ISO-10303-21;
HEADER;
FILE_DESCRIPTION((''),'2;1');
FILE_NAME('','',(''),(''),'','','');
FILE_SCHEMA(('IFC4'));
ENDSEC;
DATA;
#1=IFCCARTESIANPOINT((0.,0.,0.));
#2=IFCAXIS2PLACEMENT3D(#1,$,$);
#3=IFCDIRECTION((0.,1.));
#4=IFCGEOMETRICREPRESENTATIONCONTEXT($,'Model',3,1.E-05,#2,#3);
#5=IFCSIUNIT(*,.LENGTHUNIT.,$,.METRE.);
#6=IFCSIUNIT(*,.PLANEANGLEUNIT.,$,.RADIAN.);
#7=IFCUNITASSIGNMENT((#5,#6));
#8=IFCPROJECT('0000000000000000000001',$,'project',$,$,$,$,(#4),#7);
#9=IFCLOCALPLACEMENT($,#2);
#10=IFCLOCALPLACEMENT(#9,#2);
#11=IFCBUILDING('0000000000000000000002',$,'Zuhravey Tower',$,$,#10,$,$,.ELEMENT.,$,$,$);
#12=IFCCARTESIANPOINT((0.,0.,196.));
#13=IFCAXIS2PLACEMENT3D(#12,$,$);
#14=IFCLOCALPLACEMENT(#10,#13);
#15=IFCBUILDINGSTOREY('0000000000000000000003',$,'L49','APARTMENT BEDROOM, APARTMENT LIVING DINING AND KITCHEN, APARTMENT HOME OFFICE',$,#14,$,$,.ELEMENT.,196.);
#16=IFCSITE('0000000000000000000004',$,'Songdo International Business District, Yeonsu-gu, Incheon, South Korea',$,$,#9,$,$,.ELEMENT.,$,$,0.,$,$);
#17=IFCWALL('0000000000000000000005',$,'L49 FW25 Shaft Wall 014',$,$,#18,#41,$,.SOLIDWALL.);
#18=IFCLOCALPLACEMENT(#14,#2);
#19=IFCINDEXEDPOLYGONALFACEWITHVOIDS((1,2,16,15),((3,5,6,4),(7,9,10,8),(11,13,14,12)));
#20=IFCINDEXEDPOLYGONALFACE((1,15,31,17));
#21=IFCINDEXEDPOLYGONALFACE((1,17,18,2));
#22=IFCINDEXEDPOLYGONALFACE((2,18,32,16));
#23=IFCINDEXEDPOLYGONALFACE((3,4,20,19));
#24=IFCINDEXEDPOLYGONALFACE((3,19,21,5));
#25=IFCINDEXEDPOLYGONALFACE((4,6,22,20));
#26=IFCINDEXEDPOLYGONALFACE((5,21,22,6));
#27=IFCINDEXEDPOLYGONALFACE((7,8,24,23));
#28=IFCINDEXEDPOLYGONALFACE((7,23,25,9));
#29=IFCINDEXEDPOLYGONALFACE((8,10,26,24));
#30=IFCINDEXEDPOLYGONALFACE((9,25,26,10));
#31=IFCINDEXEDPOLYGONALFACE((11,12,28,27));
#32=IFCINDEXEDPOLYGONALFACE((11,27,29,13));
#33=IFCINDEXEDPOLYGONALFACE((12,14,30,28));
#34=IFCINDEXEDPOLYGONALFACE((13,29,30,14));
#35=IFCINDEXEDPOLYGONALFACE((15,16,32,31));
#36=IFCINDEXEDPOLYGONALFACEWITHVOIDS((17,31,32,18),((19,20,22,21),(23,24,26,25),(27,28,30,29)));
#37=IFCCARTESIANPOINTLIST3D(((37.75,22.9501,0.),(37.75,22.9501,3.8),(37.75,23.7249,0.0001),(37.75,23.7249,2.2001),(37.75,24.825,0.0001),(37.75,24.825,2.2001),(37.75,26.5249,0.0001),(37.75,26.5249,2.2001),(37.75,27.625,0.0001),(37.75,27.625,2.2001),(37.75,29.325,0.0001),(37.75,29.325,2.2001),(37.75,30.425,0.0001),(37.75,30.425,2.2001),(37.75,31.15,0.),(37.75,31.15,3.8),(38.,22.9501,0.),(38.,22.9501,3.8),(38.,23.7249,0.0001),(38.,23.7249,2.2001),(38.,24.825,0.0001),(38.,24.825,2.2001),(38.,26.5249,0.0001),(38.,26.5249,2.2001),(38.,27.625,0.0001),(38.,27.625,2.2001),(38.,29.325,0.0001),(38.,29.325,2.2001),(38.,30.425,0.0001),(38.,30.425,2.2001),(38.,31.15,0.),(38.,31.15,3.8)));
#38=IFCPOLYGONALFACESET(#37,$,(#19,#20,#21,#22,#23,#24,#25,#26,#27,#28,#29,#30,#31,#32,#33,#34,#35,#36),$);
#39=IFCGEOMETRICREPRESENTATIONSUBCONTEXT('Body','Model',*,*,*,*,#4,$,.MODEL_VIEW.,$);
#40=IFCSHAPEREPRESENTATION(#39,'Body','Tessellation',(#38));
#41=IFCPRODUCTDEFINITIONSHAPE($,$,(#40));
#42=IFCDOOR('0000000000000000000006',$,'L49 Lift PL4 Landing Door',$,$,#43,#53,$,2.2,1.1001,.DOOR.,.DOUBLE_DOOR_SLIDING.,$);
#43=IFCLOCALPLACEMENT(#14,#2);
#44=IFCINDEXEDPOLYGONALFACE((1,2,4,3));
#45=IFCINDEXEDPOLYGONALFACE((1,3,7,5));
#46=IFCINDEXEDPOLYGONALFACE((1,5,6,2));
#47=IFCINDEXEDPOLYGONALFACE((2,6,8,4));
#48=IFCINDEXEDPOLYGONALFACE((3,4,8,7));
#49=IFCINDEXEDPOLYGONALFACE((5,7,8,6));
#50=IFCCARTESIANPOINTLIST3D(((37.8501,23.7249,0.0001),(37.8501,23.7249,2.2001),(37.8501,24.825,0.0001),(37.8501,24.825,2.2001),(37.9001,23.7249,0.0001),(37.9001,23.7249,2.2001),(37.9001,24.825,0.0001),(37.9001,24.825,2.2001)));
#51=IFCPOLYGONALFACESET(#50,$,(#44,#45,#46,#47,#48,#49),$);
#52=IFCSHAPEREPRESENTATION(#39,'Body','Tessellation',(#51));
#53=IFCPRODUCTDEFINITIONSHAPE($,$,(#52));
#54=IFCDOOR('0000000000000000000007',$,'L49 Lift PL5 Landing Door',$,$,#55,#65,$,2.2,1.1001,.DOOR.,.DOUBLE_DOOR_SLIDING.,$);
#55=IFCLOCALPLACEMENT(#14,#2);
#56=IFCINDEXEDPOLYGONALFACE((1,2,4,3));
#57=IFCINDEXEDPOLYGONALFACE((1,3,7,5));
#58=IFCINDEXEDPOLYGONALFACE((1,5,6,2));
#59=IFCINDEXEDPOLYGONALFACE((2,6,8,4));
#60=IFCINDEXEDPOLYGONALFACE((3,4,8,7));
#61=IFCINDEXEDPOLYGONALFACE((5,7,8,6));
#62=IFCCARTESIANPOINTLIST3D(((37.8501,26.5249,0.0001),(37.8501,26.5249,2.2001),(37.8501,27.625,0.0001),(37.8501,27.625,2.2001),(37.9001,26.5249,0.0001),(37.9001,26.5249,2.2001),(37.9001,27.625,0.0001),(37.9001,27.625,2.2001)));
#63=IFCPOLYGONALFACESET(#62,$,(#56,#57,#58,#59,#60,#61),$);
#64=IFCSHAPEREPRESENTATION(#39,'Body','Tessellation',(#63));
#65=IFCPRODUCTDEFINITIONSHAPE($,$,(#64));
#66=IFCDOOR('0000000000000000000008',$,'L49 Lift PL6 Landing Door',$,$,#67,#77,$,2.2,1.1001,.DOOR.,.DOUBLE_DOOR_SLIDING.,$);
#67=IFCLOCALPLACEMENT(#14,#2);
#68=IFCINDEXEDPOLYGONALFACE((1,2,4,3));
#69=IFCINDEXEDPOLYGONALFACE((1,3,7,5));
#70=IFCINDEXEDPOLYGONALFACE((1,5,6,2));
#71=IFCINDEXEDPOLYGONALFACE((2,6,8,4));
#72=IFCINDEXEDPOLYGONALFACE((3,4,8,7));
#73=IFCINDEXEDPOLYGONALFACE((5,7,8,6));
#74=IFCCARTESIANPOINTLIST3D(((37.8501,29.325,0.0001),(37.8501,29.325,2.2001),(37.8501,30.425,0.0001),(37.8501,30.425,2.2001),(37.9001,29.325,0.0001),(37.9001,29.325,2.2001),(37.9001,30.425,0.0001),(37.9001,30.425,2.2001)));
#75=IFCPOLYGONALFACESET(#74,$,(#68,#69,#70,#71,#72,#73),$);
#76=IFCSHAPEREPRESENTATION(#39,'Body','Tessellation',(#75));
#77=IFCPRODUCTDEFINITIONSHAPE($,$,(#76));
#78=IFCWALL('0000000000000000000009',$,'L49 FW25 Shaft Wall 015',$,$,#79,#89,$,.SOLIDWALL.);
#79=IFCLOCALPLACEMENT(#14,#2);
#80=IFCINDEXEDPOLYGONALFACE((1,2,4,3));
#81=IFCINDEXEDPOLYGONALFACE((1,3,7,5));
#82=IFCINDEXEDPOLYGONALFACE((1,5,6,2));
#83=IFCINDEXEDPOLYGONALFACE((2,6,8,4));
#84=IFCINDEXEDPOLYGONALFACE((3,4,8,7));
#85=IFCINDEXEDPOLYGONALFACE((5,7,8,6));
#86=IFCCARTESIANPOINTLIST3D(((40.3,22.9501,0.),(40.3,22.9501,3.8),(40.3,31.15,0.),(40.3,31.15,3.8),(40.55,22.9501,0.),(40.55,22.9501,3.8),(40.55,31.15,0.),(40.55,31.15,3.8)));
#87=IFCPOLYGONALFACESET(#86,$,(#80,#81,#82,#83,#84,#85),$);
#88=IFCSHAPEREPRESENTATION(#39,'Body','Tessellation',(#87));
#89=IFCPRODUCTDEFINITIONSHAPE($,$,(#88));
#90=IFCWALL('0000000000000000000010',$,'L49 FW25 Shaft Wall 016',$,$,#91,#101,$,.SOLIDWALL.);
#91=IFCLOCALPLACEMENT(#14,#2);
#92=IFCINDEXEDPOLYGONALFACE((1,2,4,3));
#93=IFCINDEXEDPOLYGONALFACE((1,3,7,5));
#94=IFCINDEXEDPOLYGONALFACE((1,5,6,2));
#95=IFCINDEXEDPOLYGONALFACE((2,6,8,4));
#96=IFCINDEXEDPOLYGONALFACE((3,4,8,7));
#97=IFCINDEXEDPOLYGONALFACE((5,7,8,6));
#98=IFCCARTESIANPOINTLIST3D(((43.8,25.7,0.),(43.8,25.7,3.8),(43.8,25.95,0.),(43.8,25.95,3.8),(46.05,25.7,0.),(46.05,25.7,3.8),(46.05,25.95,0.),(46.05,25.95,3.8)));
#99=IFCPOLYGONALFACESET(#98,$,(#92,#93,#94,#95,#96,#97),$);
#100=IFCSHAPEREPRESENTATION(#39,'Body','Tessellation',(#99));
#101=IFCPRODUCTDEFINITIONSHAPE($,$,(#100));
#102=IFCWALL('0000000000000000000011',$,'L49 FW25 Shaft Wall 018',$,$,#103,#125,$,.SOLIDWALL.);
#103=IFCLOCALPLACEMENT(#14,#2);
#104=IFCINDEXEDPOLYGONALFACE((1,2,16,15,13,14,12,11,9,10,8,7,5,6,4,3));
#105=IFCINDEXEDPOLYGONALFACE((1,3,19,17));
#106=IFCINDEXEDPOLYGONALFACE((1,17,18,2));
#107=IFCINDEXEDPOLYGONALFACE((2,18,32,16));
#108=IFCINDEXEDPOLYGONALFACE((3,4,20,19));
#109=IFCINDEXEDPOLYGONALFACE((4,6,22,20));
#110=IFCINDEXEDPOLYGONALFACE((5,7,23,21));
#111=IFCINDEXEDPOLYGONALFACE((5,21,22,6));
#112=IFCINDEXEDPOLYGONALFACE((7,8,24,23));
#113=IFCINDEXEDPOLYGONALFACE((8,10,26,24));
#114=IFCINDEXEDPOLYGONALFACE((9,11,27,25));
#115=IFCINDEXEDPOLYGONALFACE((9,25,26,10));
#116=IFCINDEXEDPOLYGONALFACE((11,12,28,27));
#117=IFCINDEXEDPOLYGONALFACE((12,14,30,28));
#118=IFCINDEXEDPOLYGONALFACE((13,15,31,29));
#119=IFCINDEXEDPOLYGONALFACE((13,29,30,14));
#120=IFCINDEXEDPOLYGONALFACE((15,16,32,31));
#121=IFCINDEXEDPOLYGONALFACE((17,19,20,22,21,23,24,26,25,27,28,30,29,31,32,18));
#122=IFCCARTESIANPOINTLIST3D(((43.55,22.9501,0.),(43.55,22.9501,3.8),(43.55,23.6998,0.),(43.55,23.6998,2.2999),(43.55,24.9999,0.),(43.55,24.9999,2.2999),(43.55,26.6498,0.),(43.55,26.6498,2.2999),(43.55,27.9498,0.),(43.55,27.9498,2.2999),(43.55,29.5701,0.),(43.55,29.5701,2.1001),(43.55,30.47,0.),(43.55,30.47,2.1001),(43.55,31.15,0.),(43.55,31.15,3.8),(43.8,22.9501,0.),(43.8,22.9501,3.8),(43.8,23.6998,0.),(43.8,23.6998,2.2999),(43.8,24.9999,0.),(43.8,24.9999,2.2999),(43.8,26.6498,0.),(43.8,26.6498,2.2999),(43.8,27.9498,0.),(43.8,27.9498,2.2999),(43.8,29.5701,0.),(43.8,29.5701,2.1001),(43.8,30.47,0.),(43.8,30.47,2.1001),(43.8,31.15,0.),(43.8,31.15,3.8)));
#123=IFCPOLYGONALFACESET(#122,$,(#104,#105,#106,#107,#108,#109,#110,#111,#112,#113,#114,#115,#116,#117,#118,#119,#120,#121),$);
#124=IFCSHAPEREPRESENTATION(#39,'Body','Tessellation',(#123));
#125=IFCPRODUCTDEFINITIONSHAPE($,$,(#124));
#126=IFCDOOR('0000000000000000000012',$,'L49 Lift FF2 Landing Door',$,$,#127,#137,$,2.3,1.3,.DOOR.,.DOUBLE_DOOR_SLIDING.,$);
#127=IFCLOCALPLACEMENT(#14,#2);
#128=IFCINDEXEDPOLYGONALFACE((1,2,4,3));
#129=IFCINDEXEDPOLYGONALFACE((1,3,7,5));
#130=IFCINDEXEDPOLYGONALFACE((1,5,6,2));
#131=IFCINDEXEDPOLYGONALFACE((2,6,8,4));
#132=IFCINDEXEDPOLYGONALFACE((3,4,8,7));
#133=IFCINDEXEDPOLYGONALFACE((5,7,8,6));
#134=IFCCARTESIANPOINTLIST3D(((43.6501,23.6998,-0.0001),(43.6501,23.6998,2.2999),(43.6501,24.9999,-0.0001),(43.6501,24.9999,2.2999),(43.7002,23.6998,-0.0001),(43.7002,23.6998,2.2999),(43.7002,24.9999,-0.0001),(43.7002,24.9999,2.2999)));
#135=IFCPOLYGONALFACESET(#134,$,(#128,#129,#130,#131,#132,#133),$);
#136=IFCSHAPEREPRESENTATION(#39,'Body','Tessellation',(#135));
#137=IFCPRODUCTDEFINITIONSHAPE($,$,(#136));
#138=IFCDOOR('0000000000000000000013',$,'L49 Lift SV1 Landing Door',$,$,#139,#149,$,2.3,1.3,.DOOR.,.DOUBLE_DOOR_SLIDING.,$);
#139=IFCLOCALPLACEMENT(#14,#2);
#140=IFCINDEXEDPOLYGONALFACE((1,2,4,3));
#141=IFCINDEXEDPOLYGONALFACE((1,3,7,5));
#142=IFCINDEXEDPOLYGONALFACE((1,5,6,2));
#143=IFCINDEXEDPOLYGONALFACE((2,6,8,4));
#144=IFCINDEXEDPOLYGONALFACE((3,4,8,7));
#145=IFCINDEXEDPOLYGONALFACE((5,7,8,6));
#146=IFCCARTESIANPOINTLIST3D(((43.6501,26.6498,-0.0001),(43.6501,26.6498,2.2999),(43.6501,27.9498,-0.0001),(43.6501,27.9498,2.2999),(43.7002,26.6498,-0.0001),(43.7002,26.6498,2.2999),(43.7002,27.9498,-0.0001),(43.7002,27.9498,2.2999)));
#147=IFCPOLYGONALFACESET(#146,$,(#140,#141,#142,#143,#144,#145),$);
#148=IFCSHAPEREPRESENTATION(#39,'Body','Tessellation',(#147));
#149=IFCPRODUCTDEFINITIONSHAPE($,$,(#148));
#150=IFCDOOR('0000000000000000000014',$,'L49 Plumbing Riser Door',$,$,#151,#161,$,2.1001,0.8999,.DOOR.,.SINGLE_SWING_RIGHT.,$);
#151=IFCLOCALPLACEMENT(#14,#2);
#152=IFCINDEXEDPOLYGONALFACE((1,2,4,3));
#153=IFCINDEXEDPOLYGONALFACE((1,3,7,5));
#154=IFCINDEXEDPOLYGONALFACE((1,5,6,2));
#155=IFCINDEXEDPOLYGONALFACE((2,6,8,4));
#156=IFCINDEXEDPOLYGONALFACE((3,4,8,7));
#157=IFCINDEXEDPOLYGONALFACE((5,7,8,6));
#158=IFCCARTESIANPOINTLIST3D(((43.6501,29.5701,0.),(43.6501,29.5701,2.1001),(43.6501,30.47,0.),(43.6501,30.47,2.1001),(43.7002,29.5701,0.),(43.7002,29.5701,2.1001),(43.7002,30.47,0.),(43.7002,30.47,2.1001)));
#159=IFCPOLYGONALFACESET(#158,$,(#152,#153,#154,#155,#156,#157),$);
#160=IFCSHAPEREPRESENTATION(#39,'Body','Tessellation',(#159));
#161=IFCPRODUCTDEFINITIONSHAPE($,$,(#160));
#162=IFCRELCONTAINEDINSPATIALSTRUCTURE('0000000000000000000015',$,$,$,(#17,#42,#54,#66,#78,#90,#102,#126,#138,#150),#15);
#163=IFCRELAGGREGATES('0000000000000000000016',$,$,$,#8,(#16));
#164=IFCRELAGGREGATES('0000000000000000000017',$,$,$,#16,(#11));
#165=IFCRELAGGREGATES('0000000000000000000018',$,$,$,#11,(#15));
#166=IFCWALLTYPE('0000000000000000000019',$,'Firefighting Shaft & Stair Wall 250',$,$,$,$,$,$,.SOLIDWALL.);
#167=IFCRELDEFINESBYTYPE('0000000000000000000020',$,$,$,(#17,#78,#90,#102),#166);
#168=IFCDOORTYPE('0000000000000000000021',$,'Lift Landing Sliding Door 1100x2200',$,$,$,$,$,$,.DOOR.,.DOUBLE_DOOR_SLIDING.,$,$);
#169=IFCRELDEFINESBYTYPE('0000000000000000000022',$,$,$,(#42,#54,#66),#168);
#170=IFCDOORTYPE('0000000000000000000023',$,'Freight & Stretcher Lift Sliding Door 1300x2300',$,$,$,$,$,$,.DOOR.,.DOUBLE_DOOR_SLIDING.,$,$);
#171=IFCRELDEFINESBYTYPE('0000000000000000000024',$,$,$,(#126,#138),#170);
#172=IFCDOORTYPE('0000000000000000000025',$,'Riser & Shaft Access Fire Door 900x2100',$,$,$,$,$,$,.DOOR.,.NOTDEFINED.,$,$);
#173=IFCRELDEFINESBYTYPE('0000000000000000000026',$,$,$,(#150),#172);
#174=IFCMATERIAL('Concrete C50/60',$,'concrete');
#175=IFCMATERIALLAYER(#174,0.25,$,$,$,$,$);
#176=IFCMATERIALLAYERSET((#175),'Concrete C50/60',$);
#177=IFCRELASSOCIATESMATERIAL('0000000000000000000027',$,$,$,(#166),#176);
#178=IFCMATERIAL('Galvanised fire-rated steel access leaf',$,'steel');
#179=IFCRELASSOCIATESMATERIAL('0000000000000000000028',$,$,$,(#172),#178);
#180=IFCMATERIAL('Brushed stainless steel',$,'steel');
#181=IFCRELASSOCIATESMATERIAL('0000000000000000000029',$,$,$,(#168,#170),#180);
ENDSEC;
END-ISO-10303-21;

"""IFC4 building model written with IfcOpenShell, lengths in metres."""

from ifc_helpers import new_model, si_unit, direction, frame, frame_2d, origin, place, context, subcontext, project, spatial, rectangle, extrude, material, layer, layer_set, type_object, element, fill, save


model = new_model("IFC4")

# Units and contexts
model_context = context("Model", 3, precision=1e-05, world=origin(), true_north=direction((0.0, 1.0)))
body_context = subcontext(model_context, "Body", "Model", "MODEL_VIEW")
ifc_project = project(units=[si_unit("LENGTHUNIT", "METRE"), si_unit("PLANEANGLEUNIT", "RADIAN")], contexts=[model_context])

# Site, building, storey
site_placement = place(None, origin())
site = spatial("IfcSite", under=ifc_project, at=site_placement, Name="Songdo International Business District, Yeonsu-gu, Incheon, South Korea", CompositionType="ELEMENT", RefElevation=0.0)
building_placement = place(site_placement, origin())
building = spatial("IfcBuilding", under=site, at=building_placement, Name="Zuhravey Tower", CompositionType="ELEMENT")
storey_placement = place(building_placement, frame((0.0, 0.0, 196.0)))
storey = spatial("IfcBuildingStorey", under=building, at=storey_placement, Name="L49", Description="APARTMENT BEDROOM, APARTMENT LIVING DINING AND KITCHEN, APARTMENT HOME OFFICE", CompositionType="ELEMENT", Elevation=196.0)

# Shared definitions
ifc_material_1 = material(Name="Concrete C50/60", Category="concrete")
ifc_layer_1 = layer(ifc_material_1, 0.25)
ifc_layer_set_1 = layer_set([ifc_layer_1], Name="Concrete C50/60")
wall_type_1 = type_object("IfcWallType", Name="Firefighting Shaft & Stair Wall 250", PredefinedType="SOLIDWALL", material=ifc_layer_set_1)

# Shared definitions
ifc_material_2 = material(Name="Galvanised fire-rated steel access leaf", Category="steel")
door_type_1 = type_object("IfcDoorType", Name="Riser & Shaft Access Fire Door 900x2100", OperationType="NOTDEFINED", PredefinedType="DOOR", material=ifc_material_2)

# Wall, openings, doors
wall_1_placement = place(storey_placement, frame((37.875, 22.95, 0.0), z_axis=(0.0, 0.0, 1.0), x_axis=(0.0, 1.0, 0.0)))
wall_1 = element("IfcWall", 1, at=wall_1_placement, inside=storey, type_object=wall_type_1, Name="L49 FW25 Shaft Wall 014", PredefinedType="SOLIDWALL", context=body_context, shape_type="SweptSolid", body=[
    extrude(rectangle(XDim=8.2, YDim=0.25, at=frame_2d((4.1001, 0.0))), origin(), (0.0, 0.0, 1.0), 3.8),
])
opening_1_placement = place(wall_1_placement, frame((0.7749, 0.0, 0.0)))
opening_1 = element("IfcOpeningElement", 2, at=opening_1_placement, cuts=wall_1, PredefinedType="OPENING", context=body_context, shape_type="SweptSolid", body=[
    extrude(rectangle(XDim=1.1001, YDim=2.2, at=frame_2d((0.55, 1.1001))), frame((0.0, 0.137, 0.0), z_axis=(0.0, -1.0, 0.0), x_axis=(1.0, 0.0, 0.0)), (0.0, 0.0, 1.0), 0.2739),
])
opening_2_placement = place(wall_1_placement, frame((3.575, 0.0, 0.0)))
opening_2 = element("IfcOpeningElement", 3, at=opening_2_placement, cuts=wall_1, PredefinedType="OPENING", context=body_context, shape_type="SweptSolid", body=[
    extrude(rectangle(XDim=1.1001, YDim=2.2, at=frame_2d((0.55, 1.1001))), frame((0.0, 0.137, 0.0), z_axis=(0.0, -1.0, 0.0), x_axis=(1.0, 0.0, 0.0)), (0.0, 0.0, 1.0), 0.2739),
])
opening_3_placement = place(wall_1_placement, frame((6.375, 0.0, 0.0)))
opening_3 = element("IfcOpeningElement", 4, at=opening_3_placement, cuts=wall_1, PredefinedType="OPENING", context=body_context, shape_type="SweptSolid", body=[
    extrude(rectangle(XDim=1.1001, YDim=2.2, at=frame_2d((0.55, 1.1001))), frame((0.0, 0.137, 0.0), z_axis=(0.0, -1.0, 0.0), x_axis=(1.0, 0.0, 0.0)), (0.0, 0.0, 1.0), 0.2739),
])
ifc_material_3 = material(Name="Brushed stainless steel", Category="steel")
door_type_2 = type_object("IfcDoorType", Name="Lift Landing Sliding Door 1100x2200", OperationType="DOUBLE_DOOR_SLIDING", PredefinedType="DOOR", material=ifc_material_3)
door_1_placement = place(opening_1_placement, origin())
door_1 = element("IfcDoor", 5, at=door_1_placement, inside=storey, type_object=door_type_2, Name="L49 Lift PL4 Landing Door", OperationType="DOUBLE_DOOR_SLIDING", OverallHeight=2.2, OverallWidth=1.1001, PredefinedType="DOOR", context=body_context, shape_type="SweptSolid", body=[
    extrude(rectangle(XDim=1.1001, YDim=2.2, at=frame_2d((0.55, 1.1001))), frame((0.0, 0.0249, 0.0), z_axis=(0.0, -1.0, 0.0), x_axis=(1.0, 0.0, 0.0)), (0.0, 0.0, 1.0), 0.05),
])
fill(opening_1, door_1)
door_2_placement = place(opening_2_placement, origin())
door_2 = element("IfcDoor", 6, at=door_2_placement, inside=storey, type_object=door_type_2, Name="L49 Lift PL5 Landing Door", OperationType="DOUBLE_DOOR_SLIDING", OverallHeight=2.2, OverallWidth=1.1001, PredefinedType="DOOR", context=body_context, shape_type="SweptSolid", body=[
    extrude(rectangle(XDim=1.1001, YDim=2.2, at=frame_2d((0.55, 1.1001))), frame((0.0, 0.0249, 0.0), z_axis=(0.0, -1.0, 0.0), x_axis=(1.0, 0.0, 0.0)), (0.0, 0.0, 1.0), 0.05),
])
fill(opening_2, door_2)
door_3_placement = place(opening_3_placement, origin())
door_3 = element("IfcDoor", 7, at=door_3_placement, inside=storey, type_object=door_type_2, Name="L49 Lift PL6 Landing Door", OperationType="DOUBLE_DOOR_SLIDING", OverallHeight=2.2, OverallWidth=1.1001, PredefinedType="DOOR", context=body_context, shape_type="SweptSolid", body=[
    extrude(rectangle(XDim=1.1001, YDim=2.2, at=frame_2d((0.55, 1.1001))), frame((0.0, 0.0249, 0.0), z_axis=(0.0, -1.0, 0.0), x_axis=(1.0, 0.0, 0.0)), (0.0, 0.0, 1.0), 0.05),
])
fill(opening_3, door_3)

# Walls
wall_2_placement = place(storey_placement, frame((40.425, 22.95, 0.0), z_axis=(0.0, 0.0, 1.0), x_axis=(0.0, 1.0, 0.0)))
element("IfcWall", 8, at=wall_2_placement, inside=storey, type_object=wall_type_1, Name="L49 FW25 Shaft Wall 015", PredefinedType="SOLIDWALL", context=body_context, shape_type="SweptSolid", body=[
    extrude(rectangle(XDim=8.2, YDim=0.25, at=frame_2d((4.1001, 0.0))), origin(), (0.0, 0.0, 1.0), 3.8),
])
wall_3_placement = place(storey_placement, frame((43.8, 25.825, 0.0), z_axis=(0.0, 0.0, 1.0), x_axis=(1.0, 0.0, 0.0)))
element("IfcWall", 9, at=wall_3_placement, inside=storey, type_object=wall_type_1, Name="L49 FW25 Shaft Wall 016", PredefinedType="SOLIDWALL", context=body_context, shape_type="SweptSolid", body=[
    extrude(rectangle(XDim=2.25, YDim=0.25, at=frame_2d((1.125, 0.0))), origin(), (0.0, 0.0, 1.0), 3.8),
])

# Wall, openings, doors
wall_4_placement = place(storey_placement, frame((43.675, 22.95, 0.0), z_axis=(0.0, 0.0, 1.0), x_axis=(0.0, 1.0, 0.0)))
wall_4 = element("IfcWall", 10, at=wall_4_placement, inside=storey, type_object=wall_type_1, Name="L49 FW25 Shaft Wall 018", PredefinedType="SOLIDWALL", context=body_context, shape_type="SweptSolid", body=[
    extrude(rectangle(XDim=8.2, YDim=0.25, at=frame_2d((4.1001, 0.0))), origin(), (0.0, 0.0, 1.0), 3.8),
])
opening_4_placement = place(wall_4_placement, frame((0.75, 0.0, 0.0)))
opening_4 = element("IfcOpeningElement", 11, at=opening_4_placement, cuts=wall_4, PredefinedType="OPENING", context=body_context, shape_type="SweptSolid", body=[
    extrude(rectangle(XDim=1.3, YDim=2.3, at=frame_2d((0.6499, 1.1499))), frame((0.0, 0.137, 0.0), z_axis=(0.0, -1.0, 0.0), x_axis=(1.0, 0.0, 0.0)), (0.0, 0.0, 1.0), 0.2739),
])
opening_5_placement = place(wall_4_placement, frame((3.7, 0.0, 0.0)))
opening_5 = element("IfcOpeningElement", 12, at=opening_5_placement, cuts=wall_4, PredefinedType="OPENING", context=body_context, shape_type="SweptSolid", body=[
    extrude(rectangle(XDim=1.3, YDim=2.3, at=frame_2d((0.6499, 1.1499))), frame((0.0, 0.137, 0.0), z_axis=(0.0, -1.0, 0.0), x_axis=(1.0, 0.0, 0.0)), (0.0, 0.0, 1.0), 0.2739),
])
opening_6_placement = place(wall_4_placement, frame((6.6201, 0.0, 0.0)))
opening_6 = element("IfcOpeningElement", 13, at=opening_6_placement, cuts=wall_4, PredefinedType="OPENING", context=body_context, shape_type="SweptSolid", body=[
    extrude(rectangle(XDim=0.8999, YDim=2.1001, at=frame_2d((0.45, 1.05))), frame((0.0, 0.137, 0.0), z_axis=(0.0, -1.0, 0.0), x_axis=(1.0, 0.0, 0.0)), (0.0, 0.0, 1.0), 0.2739),
])
door_type_3 = type_object("IfcDoorType", Name="Freight & Stretcher Lift Sliding Door 1300x2300", OperationType="DOUBLE_DOOR_SLIDING", PredefinedType="DOOR", material=ifc_material_3)
door_4_placement = place(opening_4_placement, origin())
door_4 = element("IfcDoor", 14, at=door_4_placement, inside=storey, type_object=door_type_3, Name="L49 Lift FF2 Landing Door", OperationType="DOUBLE_DOOR_SLIDING", OverallHeight=2.3, OverallWidth=1.3, PredefinedType="DOOR", context=body_context, shape_type="SweptSolid", body=[
    extrude(rectangle(XDim=1.3, YDim=2.3, at=frame_2d((0.6499, 1.1499))), frame((0.0, 0.0249, 0.0), z_axis=(0.0, -1.0, 0.0), x_axis=(1.0, 0.0, 0.0)), (0.0, 0.0, 1.0), 0.05),
])
fill(opening_4, door_4)
door_5_placement = place(opening_5_placement, origin())
door_5 = element("IfcDoor", 15, at=door_5_placement, inside=storey, type_object=door_type_3, Name="L49 Lift SV1 Landing Door", OperationType="DOUBLE_DOOR_SLIDING", OverallHeight=2.3, OverallWidth=1.3, PredefinedType="DOOR", context=body_context, shape_type="SweptSolid", body=[
    extrude(rectangle(XDim=1.3, YDim=2.3, at=frame_2d((0.6499, 1.1499))), frame((0.0, 0.0249, 0.0), z_axis=(0.0, -1.0, 0.0), x_axis=(1.0, 0.0, 0.0)), (0.0, 0.0, 1.0), 0.05),
])
fill(opening_5, door_5)
door_6_placement = place(opening_6_placement, origin())
door_6 = element("IfcDoor", 16, at=door_6_placement, inside=storey, type_object=door_type_1, Name="L49 Plumbing Riser Door", OperationType="SINGLE_SWING_RIGHT", OverallHeight=2.1001, OverallWidth=0.8999, PredefinedType="DOOR", context=body_context, shape_type="SweptSolid", body=[
    extrude(rectangle(XDim=0.8999, YDim=2.1001, at=frame_2d((0.45, 1.05))), frame((0.0, 0.0249, 0.0), z_axis=(0.0, -1.0, 0.0), x_axis=(1.0, 0.0, 0.0)), (0.0, 0.0, 1.0), 0.05),
])
fill(opening_6, door_6)

save(model, "model.ifc")
